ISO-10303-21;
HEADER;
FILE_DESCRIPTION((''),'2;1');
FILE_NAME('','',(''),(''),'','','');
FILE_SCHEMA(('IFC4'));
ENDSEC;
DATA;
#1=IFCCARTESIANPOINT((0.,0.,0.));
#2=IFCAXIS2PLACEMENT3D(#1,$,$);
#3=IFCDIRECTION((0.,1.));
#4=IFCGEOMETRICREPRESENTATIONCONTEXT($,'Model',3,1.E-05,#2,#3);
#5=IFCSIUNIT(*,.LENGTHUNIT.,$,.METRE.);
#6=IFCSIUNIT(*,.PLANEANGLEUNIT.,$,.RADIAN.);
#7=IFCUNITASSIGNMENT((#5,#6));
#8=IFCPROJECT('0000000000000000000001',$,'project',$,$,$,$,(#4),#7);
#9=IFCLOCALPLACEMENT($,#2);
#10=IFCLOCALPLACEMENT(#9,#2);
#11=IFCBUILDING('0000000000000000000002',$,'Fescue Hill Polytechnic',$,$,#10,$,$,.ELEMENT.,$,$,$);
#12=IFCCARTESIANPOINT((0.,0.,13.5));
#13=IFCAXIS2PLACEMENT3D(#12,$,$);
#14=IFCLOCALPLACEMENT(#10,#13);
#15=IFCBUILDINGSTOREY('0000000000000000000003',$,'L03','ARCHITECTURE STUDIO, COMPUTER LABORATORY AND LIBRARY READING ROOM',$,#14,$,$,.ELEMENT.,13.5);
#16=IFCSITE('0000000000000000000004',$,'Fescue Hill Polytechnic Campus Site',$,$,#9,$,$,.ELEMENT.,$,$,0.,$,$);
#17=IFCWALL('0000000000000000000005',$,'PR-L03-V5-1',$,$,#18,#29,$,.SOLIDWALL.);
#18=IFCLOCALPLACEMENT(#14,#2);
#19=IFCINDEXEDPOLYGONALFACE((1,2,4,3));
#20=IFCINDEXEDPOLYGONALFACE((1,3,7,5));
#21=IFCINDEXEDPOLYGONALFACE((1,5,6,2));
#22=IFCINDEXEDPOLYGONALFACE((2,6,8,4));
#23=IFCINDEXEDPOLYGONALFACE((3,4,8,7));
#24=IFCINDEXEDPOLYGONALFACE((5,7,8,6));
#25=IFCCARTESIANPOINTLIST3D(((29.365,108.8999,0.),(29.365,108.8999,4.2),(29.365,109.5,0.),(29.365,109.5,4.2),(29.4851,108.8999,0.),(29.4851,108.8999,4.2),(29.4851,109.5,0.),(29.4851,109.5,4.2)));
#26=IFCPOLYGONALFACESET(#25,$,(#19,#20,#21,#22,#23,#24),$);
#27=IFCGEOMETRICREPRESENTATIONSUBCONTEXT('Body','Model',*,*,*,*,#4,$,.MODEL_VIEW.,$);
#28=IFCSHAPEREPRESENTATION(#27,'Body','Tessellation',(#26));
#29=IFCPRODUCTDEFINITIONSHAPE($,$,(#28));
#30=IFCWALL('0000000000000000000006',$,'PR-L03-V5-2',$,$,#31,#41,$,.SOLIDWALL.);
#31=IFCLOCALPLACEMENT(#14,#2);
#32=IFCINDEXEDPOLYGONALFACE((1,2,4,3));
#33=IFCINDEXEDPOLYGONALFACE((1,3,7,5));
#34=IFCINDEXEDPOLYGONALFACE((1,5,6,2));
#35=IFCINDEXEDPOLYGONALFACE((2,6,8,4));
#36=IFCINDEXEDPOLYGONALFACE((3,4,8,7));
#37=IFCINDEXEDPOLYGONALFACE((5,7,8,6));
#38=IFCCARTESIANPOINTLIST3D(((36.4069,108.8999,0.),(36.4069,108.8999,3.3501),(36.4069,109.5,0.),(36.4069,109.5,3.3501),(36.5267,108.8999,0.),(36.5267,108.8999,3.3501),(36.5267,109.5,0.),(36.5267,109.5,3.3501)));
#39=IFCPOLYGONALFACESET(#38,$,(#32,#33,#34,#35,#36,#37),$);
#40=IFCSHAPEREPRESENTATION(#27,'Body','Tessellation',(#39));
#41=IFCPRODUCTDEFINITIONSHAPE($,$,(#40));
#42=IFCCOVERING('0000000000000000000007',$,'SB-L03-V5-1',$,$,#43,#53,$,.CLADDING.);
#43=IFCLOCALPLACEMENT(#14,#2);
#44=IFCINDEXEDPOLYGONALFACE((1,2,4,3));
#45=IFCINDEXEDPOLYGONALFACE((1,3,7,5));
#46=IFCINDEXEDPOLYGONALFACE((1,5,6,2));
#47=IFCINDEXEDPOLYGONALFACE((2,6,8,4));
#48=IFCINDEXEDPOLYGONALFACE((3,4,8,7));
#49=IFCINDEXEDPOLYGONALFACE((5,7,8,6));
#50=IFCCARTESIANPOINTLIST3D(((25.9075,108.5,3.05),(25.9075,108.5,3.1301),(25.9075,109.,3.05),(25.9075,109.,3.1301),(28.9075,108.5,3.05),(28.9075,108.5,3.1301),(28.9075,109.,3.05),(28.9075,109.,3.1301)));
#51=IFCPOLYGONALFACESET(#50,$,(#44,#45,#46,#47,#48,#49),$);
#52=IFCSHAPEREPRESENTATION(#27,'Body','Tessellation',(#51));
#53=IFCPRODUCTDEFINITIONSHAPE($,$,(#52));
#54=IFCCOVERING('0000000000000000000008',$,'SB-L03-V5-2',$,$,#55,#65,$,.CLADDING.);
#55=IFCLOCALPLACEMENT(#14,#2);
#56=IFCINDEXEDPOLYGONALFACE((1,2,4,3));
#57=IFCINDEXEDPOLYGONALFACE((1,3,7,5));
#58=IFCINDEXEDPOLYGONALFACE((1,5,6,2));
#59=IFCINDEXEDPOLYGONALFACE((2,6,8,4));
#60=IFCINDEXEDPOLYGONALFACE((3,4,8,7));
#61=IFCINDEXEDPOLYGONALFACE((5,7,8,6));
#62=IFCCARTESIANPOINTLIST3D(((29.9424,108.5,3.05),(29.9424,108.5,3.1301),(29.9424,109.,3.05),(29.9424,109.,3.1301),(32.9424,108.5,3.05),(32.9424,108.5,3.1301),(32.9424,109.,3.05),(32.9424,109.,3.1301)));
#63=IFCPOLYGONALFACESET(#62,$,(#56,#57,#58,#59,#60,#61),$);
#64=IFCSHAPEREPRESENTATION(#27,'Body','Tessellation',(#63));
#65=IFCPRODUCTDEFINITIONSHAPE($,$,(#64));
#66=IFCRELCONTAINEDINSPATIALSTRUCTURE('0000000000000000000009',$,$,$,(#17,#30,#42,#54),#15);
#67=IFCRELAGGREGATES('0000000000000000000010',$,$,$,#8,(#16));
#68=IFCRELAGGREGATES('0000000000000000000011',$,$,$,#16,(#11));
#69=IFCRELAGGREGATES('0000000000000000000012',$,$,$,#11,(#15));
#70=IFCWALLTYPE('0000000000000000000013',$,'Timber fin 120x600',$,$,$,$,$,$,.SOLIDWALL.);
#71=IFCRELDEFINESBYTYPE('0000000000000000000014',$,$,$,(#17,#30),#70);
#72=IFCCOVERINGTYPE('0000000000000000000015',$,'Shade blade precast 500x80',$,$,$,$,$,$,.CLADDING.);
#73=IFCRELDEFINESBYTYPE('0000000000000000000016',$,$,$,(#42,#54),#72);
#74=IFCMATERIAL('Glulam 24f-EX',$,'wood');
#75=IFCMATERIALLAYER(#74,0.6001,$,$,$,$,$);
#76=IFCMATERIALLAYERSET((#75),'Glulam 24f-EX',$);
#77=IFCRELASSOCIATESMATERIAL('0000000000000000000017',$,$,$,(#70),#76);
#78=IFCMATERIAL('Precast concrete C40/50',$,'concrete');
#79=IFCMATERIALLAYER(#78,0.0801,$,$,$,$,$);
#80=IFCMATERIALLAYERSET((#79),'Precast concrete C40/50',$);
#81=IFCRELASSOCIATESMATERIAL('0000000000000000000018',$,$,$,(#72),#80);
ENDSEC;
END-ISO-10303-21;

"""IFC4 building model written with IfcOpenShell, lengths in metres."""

from ifc_helpers import new_model, si_unit, direction, frame, frame_2d, origin, origin_2d, place, context, subcontext, project, spatial, rectangle, extrude, material, layer, layer_set, type_object, element, save


model = new_model("IFC4")

# Units and contexts
model_context = context("Model", 3, precision=1e-05, world=origin(), true_north=direction((0.0, 1.0)))
body_context = subcontext(model_context, "Body", "Model", "MODEL_VIEW")
ifc_project = project(units=[si_unit("LENGTHUNIT", "METRE"), si_unit("PLANEANGLEUNIT", "RADIAN")], contexts=[model_context])

# Site, building, storey
site_placement = place(None, origin())
site = spatial("IfcSite", under=ifc_project, at=site_placement, Name="Fescue Hill Polytechnic Campus Site", CompositionType="ELEMENT", RefElevation=0.0)
building_placement = place(site_placement, origin())
building = spatial("IfcBuilding", under=site, at=building_placement, Name="Fescue Hill Polytechnic", CompositionType="ELEMENT")
storey_placement = place(building_placement, frame((0.0, 0.0, 13.5)))
storey = spatial("IfcBuildingStorey", under=building, at=storey_placement, Name="L03", Description="ARCHITECTURE STUDIO, COMPUTER LABORATORY AND LIBRARY READING ROOM", CompositionType="ELEMENT", Elevation=13.5)

# Walls
ifc_material_1 = material(Name="Glulam 24f-EX", Category="wood")
ifc_layer_1 = layer(ifc_material_1, 0.6001)
ifc_layer_set_1 = layer_set([ifc_layer_1], Name="Glulam 24f-EX")
wall_type_1 = type_object("IfcWallType", Name="Timber fin 120x600", PredefinedType="SOLIDWALL", material=ifc_layer_set_1)
wall_1_placement = place(storey_placement, frame((29.365, 109.2, 0.0), z_axis=(0.0, 0.0, 1.0), x_axis=(1.0, 0.0, 0.0)))
element("IfcWall", 1, at=wall_1_placement, inside=storey, type_object=wall_type_1, Name="PR-L03-V5-1", PredefinedType="SOLIDWALL", context=body_context, shape_type="SweptSolid", body=[
    extrude(rectangle(XDim=0.1201, YDim=0.6001, at=frame_2d((0.0601, 0.0))), origin(), (0.0, 0.0, 1.0), 4.2),
])
wall_2_placement = place(storey_placement, frame((36.4067, 109.2, 0.0), z_axis=(0.0, 0.0, 1.0), x_axis=(1.0, 0.0, 0.0)))
element("IfcWall", 2, at=wall_2_placement, inside=storey, type_object=wall_type_1, Name="PR-L03-V5-2", PredefinedType="SOLIDWALL", context=body_context, shape_type="SweptSolid", body=[
    extrude(rectangle(XDim=0.1199, YDim=0.6001, at=frame_2d((0.0601, 0.0))), origin(), (0.0, 0.0, 1.0), 3.3501),
])

# Coverings
ifc_material_2 = material(Name="Precast concrete C40/50", Category="concrete")
ifc_layer_2 = layer(ifc_material_2, 0.0801)
ifc_layer_set_2 = layer_set([ifc_layer_2], Name="Precast concrete C40/50")
covering_type = type_object("IfcCoveringType", Name="Shade blade precast 500x80", PredefinedType="CLADDING", material=ifc_layer_set_2)
for number, where, z_axis, x_axis, name in (
    (3, (27.4075, 108.75, 3.05), (0.0, 0.0, 1.0), (1.0, 0.0, 0.0), "SB-L03-V5-1"),
    (4, (31.4424, 108.75, 3.05), (0.0, 0.0, 1.0), (1.0, 0.0, 0.0), "SB-L03-V5-2"),
):
    element("IfcCovering", number, at=place(storey_placement, frame(where, z_axis=z_axis, x_axis=x_axis)), inside=storey, type_object=covering_type, Name=name, PredefinedType="CLADDING", context=body_context, shape_type="SweptSolid", body=[
        extrude(rectangle(XDim=3.0, YDim=0.5, at=origin_2d()), origin(), (0.0, 0.0, 1.0), 0.0801),
    ])

save(model, "model.ifc")
